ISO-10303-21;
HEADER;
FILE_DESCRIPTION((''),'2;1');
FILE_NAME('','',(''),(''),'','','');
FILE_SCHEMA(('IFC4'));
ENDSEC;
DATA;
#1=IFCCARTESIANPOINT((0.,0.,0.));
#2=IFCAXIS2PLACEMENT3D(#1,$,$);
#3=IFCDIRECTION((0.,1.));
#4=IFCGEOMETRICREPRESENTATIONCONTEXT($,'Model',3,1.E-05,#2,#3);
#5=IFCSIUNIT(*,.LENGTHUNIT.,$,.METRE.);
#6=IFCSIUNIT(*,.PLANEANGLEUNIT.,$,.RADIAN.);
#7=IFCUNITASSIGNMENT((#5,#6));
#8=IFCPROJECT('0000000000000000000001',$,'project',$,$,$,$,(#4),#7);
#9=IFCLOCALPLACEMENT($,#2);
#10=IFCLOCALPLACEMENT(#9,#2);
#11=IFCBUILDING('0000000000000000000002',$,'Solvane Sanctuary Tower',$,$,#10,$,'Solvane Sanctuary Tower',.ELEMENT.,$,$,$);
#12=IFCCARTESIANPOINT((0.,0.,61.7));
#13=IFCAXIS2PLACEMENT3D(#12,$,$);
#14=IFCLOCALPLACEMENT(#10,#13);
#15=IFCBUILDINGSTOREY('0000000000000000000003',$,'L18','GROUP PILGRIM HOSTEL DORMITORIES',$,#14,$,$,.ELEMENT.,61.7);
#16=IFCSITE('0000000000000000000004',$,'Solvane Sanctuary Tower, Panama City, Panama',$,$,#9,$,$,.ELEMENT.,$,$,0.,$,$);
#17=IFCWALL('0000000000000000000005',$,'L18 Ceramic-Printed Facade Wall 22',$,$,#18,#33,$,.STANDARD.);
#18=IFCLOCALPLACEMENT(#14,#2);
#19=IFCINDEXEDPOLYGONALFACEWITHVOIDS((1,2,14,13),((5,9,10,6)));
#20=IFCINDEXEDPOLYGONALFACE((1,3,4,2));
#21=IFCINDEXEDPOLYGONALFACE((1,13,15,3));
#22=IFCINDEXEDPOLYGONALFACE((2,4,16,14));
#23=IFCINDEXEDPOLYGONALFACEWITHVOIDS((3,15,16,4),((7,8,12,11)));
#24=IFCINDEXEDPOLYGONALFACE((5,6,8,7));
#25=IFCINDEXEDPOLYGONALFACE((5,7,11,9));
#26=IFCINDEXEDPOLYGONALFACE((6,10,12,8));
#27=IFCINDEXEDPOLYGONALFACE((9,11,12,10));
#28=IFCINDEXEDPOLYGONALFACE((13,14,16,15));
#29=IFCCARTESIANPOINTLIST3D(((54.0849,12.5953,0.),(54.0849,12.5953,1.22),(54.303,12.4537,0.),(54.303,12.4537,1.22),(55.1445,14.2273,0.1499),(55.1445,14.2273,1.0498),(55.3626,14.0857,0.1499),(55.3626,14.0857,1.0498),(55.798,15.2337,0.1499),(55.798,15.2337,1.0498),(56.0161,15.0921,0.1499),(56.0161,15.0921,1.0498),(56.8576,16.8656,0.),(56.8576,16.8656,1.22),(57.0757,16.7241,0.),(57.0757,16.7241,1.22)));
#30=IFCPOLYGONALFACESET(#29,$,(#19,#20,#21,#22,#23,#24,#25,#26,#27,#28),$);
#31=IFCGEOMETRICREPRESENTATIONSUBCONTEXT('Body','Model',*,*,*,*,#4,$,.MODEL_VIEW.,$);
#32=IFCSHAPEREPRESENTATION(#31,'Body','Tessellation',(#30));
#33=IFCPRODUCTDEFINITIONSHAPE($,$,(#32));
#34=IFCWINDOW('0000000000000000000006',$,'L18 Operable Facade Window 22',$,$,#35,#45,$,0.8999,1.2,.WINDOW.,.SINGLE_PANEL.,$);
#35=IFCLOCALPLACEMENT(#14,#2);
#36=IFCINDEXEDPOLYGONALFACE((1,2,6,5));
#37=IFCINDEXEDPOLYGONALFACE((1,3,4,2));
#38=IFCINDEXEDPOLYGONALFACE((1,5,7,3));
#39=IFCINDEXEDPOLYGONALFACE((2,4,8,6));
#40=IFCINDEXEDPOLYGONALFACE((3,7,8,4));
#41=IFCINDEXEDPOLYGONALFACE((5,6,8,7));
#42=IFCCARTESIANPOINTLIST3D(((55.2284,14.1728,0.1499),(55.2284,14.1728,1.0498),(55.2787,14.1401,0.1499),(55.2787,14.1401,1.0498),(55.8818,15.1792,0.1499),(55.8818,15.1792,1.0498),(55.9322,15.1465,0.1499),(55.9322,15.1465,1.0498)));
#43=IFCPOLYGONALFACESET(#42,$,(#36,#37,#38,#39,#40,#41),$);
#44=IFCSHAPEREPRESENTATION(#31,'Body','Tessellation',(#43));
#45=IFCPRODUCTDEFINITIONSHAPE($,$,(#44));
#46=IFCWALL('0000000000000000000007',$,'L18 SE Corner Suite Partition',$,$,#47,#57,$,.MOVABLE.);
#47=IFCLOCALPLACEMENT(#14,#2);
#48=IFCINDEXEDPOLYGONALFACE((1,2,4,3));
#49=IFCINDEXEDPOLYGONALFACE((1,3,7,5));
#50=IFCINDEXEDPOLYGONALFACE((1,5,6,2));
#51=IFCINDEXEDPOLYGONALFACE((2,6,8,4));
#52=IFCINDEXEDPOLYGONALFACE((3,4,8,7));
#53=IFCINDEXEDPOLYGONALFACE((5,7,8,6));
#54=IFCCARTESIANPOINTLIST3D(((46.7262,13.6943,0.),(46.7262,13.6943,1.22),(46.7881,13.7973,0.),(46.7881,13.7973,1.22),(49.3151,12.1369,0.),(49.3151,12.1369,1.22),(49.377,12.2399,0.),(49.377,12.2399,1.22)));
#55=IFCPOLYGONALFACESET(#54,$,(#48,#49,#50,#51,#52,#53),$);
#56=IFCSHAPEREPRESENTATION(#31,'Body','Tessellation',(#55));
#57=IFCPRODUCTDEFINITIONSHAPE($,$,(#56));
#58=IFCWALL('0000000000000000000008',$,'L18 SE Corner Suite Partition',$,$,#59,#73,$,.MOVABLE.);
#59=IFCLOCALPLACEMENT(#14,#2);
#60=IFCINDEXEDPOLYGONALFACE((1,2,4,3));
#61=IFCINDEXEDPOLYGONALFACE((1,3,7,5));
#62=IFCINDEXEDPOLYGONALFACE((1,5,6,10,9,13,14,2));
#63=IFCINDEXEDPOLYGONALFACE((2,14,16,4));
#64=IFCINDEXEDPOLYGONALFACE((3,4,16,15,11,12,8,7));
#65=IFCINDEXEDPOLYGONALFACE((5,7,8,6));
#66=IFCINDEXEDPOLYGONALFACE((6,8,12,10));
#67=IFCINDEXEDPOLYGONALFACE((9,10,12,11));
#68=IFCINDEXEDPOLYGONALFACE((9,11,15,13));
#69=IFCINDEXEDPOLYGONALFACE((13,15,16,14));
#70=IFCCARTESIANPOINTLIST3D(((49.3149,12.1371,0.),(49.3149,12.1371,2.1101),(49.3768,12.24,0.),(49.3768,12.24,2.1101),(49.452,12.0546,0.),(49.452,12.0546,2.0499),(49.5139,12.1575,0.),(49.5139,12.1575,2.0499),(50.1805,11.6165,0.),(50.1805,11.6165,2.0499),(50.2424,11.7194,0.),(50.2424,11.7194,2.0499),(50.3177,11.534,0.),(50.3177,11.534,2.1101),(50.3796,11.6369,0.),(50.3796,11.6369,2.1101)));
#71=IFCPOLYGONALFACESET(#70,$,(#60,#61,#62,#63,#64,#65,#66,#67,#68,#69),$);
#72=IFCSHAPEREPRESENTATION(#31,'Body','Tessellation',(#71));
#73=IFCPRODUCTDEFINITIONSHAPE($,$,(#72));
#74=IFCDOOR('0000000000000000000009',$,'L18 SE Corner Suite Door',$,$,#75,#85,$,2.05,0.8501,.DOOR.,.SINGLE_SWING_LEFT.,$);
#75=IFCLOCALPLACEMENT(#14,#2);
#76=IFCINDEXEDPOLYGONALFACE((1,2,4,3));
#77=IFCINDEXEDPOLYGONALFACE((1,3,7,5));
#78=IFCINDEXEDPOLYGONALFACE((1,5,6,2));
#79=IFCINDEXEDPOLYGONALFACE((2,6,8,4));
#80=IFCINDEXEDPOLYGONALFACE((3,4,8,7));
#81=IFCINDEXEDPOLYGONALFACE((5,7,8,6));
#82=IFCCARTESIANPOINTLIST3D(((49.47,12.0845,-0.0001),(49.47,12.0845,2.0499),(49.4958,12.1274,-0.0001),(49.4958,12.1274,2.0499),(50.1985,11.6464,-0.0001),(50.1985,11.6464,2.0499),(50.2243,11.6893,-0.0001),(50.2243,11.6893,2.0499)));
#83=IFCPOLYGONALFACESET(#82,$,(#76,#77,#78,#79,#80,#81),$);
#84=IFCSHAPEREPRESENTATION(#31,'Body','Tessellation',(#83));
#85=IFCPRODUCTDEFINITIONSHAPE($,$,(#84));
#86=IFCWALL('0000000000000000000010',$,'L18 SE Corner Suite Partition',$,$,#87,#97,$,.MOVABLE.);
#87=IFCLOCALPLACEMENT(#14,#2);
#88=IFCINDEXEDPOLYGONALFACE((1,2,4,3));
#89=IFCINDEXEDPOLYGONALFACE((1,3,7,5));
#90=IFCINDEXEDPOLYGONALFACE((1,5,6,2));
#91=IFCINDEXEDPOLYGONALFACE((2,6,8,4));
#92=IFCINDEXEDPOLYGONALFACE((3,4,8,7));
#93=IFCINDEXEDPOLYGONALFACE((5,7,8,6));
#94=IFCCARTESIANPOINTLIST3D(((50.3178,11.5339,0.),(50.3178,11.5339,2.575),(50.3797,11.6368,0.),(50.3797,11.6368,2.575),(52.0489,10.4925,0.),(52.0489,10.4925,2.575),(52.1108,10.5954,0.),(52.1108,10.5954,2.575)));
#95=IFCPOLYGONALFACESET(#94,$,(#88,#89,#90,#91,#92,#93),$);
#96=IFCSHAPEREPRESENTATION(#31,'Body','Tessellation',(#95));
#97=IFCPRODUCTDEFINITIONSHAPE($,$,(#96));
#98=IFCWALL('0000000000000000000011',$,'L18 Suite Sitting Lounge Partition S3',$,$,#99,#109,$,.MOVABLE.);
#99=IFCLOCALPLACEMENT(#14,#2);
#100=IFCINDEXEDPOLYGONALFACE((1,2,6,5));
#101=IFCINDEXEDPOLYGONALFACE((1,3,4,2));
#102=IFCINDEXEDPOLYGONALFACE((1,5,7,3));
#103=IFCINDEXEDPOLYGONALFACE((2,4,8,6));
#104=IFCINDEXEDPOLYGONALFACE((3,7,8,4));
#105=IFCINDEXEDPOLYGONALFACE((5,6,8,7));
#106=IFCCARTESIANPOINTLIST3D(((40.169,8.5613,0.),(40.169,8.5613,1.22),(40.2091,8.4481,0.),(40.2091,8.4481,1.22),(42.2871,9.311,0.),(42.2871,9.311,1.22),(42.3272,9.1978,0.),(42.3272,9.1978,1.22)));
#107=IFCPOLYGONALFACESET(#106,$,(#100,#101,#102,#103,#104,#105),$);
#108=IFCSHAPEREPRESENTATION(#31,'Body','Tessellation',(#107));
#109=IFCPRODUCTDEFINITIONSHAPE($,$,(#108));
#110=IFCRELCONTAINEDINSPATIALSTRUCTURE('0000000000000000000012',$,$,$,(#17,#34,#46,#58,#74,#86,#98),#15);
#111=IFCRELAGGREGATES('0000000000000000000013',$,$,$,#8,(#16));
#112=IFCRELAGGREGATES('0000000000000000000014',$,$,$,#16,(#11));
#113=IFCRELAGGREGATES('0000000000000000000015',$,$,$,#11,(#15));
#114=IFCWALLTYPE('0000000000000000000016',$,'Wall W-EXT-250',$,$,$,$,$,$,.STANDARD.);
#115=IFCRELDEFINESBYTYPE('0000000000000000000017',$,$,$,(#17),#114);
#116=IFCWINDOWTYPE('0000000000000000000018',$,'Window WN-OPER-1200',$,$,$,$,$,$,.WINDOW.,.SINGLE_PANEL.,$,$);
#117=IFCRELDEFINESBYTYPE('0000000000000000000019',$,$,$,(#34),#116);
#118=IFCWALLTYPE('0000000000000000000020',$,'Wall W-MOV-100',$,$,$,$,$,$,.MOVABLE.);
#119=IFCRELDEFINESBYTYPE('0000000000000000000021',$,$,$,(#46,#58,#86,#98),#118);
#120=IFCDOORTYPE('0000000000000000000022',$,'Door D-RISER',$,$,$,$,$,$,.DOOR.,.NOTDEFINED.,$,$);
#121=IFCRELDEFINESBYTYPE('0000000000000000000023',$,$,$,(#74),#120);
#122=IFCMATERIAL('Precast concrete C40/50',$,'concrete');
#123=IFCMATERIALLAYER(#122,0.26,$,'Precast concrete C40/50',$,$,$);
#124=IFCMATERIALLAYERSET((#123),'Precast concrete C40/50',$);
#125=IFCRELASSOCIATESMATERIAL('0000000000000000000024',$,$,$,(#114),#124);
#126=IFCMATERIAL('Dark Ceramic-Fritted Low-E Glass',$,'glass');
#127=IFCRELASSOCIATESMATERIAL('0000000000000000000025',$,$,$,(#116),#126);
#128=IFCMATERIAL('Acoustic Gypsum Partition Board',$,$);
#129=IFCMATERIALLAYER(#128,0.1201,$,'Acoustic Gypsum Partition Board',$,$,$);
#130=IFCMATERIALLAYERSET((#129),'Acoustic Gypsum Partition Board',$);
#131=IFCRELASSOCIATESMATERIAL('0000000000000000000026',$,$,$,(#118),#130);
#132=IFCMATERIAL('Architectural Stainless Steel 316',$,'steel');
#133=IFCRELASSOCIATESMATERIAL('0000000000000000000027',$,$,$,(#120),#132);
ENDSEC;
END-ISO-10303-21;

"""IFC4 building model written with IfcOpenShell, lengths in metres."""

from ifc_helpers import new_model, si_unit, direction, frame, frame_2d, origin, place, context, subcontext, project, spatial, rectangle, extrude, material, layer, layer_set, type_object, element, fill, save


model = new_model("IFC4")

# Units and contexts
model_context = context("Model", 3, precision=1e-05, world=origin(), true_north=direction((0.0, 1.0)))
body_context = subcontext(model_context, "Body", "Model", "MODEL_VIEW")
ifc_project = project(units=[si_unit("LENGTHUNIT", "METRE"), si_unit("PLANEANGLEUNIT", "RADIAN")], contexts=[model_context])

# Site, building, storey
site_placement = place(None, origin())
site = spatial("IfcSite", under=ifc_project, at=site_placement, Name="Solvane Sanctuary Tower, Panama City, Panama", CompositionType="ELEMENT", RefElevation=0.0)
building_placement = place(site_placement, origin())
building = spatial("IfcBuilding", under=site, at=building_placement, Name="Solvane Sanctuary Tower", LongName="Solvane Sanctuary Tower", CompositionType="ELEMENT")
storey_placement = place(building_placement, frame((0.0, 0.0, 61.7)))
storey = spatial("IfcBuildingStorey", under=building, at=storey_placement, Name="L18", Description="GROUP PILGRIM HOSTEL DORMITORIES", CompositionType="ELEMENT", Elevation=61.7)

# Shared definitions
ifc_material_1 = material(Name="Dark Ceramic-Fritted Low-E Glass", Category="glass")

# Shared definitions
ifc_material_2 = material(Name="Acoustic Gypsum Partition Board")

# Shared definitions
ifc_material_3 = material(Name="Precast concrete C40/50", Category="concrete")
ifc_layer_1 = layer(ifc_material_3, 0.26, Name="Precast concrete C40/50")
ifc_layer_set_1 = layer_set([ifc_layer_1], Name="Precast concrete C40/50")
wall_type_1 = type_object("IfcWallType", Name="Wall W-EXT-250", PredefinedType="STANDARD", material=ifc_layer_set_1)

# Wall, opening, window
window_type = type_object("IfcWindowType", Name="Window WN-OPER-1200", PartitioningType="SINGLE_PANEL", PredefinedType="WINDOW", material=ifc_material_1)
wall_1_placement = place(storey_placement, frame((54.1938, 12.5244, 0.0), z_axis=(0.0, 0.0, 1.0), x_axis=(0.544579, 0.83871, 0.0)))
wall_1 = element("IfcWall", 1, at=wall_1_placement, inside=storey, type_object=wall_type_1, Name="L18 Ceramic-Printed Facade Wall 22", PredefinedType="STANDARD", context=body_context, shape_type="SweptSolid", body=[
    extrude(rectangle(XDim=5.0916, YDim=0.26, at=frame_2d((2.5459, 0.0))), origin(), (0.0, 0.0, 1.0), 1.22),
])
opening_1_placement = place(wall_1_placement, frame((1.9458, 0.0, 0.1499)))
opening_1 = element("IfcOpeningElement", 2, at=opening_1_placement, cuts=wall_1, PredefinedType="OPENING", context=body_context, shape_type="SweptSolid", body=[
    extrude(rectangle(XDim=1.2, YDim=0.8999, at=frame_2d((0.6001, 0.45))), frame((0.0, 0.1399, 0.0), z_axis=(0.0, -1.0, 0.0), x_axis=(1.0, 0.0, 0.0)), (0.0, 0.0, 1.0), 0.28),
])
window_1_placement = place(opening_1_placement, origin())
window_1 = element("IfcWindow", 3, at=window_1_placement, inside=storey, type_object=window_type, Name="L18 Operable Facade Window 22", OverallHeight=0.8999, OverallWidth=1.2, PartitioningType="SINGLE_PANEL", PredefinedType="WINDOW", context=body_context, shape_type="SweptSolid", body=[
    extrude(rectangle(XDim=1.2, YDim=0.8999, at=frame_2d((0.6001, 0.45))), frame((0.0, 0.03, 0.0), z_axis=(0.0, -1.0, 0.0), x_axis=(1.0, 0.0, 0.0)), (0.0, 0.0, 1.0), 0.0601),
])
fill(opening_1, window_1)

# Wall
ifc_layer_2 = layer(ifc_material_2, 0.1201, Name="Acoustic Gypsum Partition Board")
ifc_layer_set_2 = layer_set([ifc_layer_2], Name="Acoustic Gypsum Partition Board")
wall_type_2 = type_object("IfcWallType", Name="Wall W-MOV-100", PredefinedType="MOVABLE", material=ifc_layer_set_2)
wall_2_placement = place(storey_placement, frame((46.7571, 13.7458, 0.0), z_axis=(0.0, 0.0, 1.0), x_axis=(0.856901, -0.515482, 0.0)))
element("IfcWall", 4, at=wall_2_placement, inside=storey, type_object=wall_type_2, Name="L18 SE Corner Suite Partition", PredefinedType="MOVABLE", context=body_context, shape_type="SweptSolid", body=[
    extrude(rectangle(XDim=3.0212, YDim=0.1201, at=frame_2d((1.5107, 0.0))), origin(), (0.0, 0.0, 1.0), 1.22),
])

# Wall, opening, door
wall_3_placement = place(storey_placement, frame((49.3459, 12.1885, 0.0), z_axis=(0.0, 0.0, 1.0), x_axis=(0.856959, -0.515385, 0.0)))
wall_3 = element("IfcWall", 5, at=wall_3_placement, inside=storey, type_object=wall_type_2, Name="L18 SE Corner Suite Partition", PredefinedType="MOVABLE", context=body_context, shape_type="SweptSolid", body=[
    extrude(rectangle(XDim=1.1702, YDim=0.1201, at=frame_2d((0.585, 0.0))), origin(), (0.0, 0.0, 1.0), 2.1101),
])
opening_2_placement = place(wall_3_placement, frame((0.1599, 0.0, 0.0)))
opening_2 = element("IfcOpeningElement", 6, at=opening_2_placement, cuts=wall_3, PredefinedType="OPENING", context=body_context, shape_type="SweptSolid", body=[
    extrude(rectangle(XDim=0.8501, YDim=2.05, at=frame_2d((0.425, 1.0249))), frame((0.0, 0.0701, 0.0), z_axis=(0.0, -1.0, 0.0), x_axis=(1.0, 0.0, 0.0)), (0.0, 0.0, 1.0), 0.1401),
])
ifc_material_4 = material(Name="Architectural Stainless Steel 316", Category="steel")
door_type_1 = type_object("IfcDoorType", Name="Door D-RISER", OperationType="NOTDEFINED", PredefinedType="DOOR", material=ifc_material_4)
door_1_placement = place(opening_2_placement, origin())
door_1 = element("IfcDoor", 7, at=door_1_placement, inside=storey, type_object=door_type_1, Name="L18 SE Corner Suite Door", OperationType="SINGLE_SWING_LEFT", OverallHeight=2.05, OverallWidth=0.8501, PredefinedType="DOOR", context=body_context, shape_type="SweptSolid", body=[
    extrude(rectangle(XDim=0.8501, YDim=2.05, at=frame_2d((0.425, 1.0249))), frame((0.0, 0.0249, 0.0), z_axis=(0.0, -1.0, 0.0), x_axis=(1.0, 0.0, 0.0)), (0.0, 0.0, 1.0), 0.05),
])
fill(opening_2, door_1)

# Walls
wall_4_placement = place(storey_placement, frame((50.3486, 11.5854, 0.0), z_axis=(0.0, 0.0, 1.0), x_axis=(0.856885, -0.515508, 0.0)))
element("IfcWall", 8, at=wall_4_placement, inside=storey, type_object=wall_type_2, Name="L18 SE Corner Suite Partition", PredefinedType="MOVABLE", context=body_context, shape_type="SweptSolid", body=[
    extrude(rectangle(XDim=2.0203, YDim=0.1201, at=frame_2d((1.0103, 0.0))), origin(), (0.0, 0.0, 1.0), 2.575),
])
wall_5_placement = place(storey_placement, frame((40.189, 8.5046, 0.0), z_axis=(0.0, 0.0, 1.0), x_axis=(0.942687, 0.333678, 0.0)))
element("IfcWall", 9, at=wall_5_placement, inside=storey, type_object=wall_type_2, Name="L18 Suite Sitting Lounge Partition S3", PredefinedType="MOVABLE", context=body_context, shape_type="SweptSolid", body=[
    extrude(rectangle(XDim=2.2468, YDim=0.1201, at=frame_2d((1.1235, 0.0))), origin(), (0.0, 0.0, 1.0), 1.22),
])

save(model, "model.ifc")
